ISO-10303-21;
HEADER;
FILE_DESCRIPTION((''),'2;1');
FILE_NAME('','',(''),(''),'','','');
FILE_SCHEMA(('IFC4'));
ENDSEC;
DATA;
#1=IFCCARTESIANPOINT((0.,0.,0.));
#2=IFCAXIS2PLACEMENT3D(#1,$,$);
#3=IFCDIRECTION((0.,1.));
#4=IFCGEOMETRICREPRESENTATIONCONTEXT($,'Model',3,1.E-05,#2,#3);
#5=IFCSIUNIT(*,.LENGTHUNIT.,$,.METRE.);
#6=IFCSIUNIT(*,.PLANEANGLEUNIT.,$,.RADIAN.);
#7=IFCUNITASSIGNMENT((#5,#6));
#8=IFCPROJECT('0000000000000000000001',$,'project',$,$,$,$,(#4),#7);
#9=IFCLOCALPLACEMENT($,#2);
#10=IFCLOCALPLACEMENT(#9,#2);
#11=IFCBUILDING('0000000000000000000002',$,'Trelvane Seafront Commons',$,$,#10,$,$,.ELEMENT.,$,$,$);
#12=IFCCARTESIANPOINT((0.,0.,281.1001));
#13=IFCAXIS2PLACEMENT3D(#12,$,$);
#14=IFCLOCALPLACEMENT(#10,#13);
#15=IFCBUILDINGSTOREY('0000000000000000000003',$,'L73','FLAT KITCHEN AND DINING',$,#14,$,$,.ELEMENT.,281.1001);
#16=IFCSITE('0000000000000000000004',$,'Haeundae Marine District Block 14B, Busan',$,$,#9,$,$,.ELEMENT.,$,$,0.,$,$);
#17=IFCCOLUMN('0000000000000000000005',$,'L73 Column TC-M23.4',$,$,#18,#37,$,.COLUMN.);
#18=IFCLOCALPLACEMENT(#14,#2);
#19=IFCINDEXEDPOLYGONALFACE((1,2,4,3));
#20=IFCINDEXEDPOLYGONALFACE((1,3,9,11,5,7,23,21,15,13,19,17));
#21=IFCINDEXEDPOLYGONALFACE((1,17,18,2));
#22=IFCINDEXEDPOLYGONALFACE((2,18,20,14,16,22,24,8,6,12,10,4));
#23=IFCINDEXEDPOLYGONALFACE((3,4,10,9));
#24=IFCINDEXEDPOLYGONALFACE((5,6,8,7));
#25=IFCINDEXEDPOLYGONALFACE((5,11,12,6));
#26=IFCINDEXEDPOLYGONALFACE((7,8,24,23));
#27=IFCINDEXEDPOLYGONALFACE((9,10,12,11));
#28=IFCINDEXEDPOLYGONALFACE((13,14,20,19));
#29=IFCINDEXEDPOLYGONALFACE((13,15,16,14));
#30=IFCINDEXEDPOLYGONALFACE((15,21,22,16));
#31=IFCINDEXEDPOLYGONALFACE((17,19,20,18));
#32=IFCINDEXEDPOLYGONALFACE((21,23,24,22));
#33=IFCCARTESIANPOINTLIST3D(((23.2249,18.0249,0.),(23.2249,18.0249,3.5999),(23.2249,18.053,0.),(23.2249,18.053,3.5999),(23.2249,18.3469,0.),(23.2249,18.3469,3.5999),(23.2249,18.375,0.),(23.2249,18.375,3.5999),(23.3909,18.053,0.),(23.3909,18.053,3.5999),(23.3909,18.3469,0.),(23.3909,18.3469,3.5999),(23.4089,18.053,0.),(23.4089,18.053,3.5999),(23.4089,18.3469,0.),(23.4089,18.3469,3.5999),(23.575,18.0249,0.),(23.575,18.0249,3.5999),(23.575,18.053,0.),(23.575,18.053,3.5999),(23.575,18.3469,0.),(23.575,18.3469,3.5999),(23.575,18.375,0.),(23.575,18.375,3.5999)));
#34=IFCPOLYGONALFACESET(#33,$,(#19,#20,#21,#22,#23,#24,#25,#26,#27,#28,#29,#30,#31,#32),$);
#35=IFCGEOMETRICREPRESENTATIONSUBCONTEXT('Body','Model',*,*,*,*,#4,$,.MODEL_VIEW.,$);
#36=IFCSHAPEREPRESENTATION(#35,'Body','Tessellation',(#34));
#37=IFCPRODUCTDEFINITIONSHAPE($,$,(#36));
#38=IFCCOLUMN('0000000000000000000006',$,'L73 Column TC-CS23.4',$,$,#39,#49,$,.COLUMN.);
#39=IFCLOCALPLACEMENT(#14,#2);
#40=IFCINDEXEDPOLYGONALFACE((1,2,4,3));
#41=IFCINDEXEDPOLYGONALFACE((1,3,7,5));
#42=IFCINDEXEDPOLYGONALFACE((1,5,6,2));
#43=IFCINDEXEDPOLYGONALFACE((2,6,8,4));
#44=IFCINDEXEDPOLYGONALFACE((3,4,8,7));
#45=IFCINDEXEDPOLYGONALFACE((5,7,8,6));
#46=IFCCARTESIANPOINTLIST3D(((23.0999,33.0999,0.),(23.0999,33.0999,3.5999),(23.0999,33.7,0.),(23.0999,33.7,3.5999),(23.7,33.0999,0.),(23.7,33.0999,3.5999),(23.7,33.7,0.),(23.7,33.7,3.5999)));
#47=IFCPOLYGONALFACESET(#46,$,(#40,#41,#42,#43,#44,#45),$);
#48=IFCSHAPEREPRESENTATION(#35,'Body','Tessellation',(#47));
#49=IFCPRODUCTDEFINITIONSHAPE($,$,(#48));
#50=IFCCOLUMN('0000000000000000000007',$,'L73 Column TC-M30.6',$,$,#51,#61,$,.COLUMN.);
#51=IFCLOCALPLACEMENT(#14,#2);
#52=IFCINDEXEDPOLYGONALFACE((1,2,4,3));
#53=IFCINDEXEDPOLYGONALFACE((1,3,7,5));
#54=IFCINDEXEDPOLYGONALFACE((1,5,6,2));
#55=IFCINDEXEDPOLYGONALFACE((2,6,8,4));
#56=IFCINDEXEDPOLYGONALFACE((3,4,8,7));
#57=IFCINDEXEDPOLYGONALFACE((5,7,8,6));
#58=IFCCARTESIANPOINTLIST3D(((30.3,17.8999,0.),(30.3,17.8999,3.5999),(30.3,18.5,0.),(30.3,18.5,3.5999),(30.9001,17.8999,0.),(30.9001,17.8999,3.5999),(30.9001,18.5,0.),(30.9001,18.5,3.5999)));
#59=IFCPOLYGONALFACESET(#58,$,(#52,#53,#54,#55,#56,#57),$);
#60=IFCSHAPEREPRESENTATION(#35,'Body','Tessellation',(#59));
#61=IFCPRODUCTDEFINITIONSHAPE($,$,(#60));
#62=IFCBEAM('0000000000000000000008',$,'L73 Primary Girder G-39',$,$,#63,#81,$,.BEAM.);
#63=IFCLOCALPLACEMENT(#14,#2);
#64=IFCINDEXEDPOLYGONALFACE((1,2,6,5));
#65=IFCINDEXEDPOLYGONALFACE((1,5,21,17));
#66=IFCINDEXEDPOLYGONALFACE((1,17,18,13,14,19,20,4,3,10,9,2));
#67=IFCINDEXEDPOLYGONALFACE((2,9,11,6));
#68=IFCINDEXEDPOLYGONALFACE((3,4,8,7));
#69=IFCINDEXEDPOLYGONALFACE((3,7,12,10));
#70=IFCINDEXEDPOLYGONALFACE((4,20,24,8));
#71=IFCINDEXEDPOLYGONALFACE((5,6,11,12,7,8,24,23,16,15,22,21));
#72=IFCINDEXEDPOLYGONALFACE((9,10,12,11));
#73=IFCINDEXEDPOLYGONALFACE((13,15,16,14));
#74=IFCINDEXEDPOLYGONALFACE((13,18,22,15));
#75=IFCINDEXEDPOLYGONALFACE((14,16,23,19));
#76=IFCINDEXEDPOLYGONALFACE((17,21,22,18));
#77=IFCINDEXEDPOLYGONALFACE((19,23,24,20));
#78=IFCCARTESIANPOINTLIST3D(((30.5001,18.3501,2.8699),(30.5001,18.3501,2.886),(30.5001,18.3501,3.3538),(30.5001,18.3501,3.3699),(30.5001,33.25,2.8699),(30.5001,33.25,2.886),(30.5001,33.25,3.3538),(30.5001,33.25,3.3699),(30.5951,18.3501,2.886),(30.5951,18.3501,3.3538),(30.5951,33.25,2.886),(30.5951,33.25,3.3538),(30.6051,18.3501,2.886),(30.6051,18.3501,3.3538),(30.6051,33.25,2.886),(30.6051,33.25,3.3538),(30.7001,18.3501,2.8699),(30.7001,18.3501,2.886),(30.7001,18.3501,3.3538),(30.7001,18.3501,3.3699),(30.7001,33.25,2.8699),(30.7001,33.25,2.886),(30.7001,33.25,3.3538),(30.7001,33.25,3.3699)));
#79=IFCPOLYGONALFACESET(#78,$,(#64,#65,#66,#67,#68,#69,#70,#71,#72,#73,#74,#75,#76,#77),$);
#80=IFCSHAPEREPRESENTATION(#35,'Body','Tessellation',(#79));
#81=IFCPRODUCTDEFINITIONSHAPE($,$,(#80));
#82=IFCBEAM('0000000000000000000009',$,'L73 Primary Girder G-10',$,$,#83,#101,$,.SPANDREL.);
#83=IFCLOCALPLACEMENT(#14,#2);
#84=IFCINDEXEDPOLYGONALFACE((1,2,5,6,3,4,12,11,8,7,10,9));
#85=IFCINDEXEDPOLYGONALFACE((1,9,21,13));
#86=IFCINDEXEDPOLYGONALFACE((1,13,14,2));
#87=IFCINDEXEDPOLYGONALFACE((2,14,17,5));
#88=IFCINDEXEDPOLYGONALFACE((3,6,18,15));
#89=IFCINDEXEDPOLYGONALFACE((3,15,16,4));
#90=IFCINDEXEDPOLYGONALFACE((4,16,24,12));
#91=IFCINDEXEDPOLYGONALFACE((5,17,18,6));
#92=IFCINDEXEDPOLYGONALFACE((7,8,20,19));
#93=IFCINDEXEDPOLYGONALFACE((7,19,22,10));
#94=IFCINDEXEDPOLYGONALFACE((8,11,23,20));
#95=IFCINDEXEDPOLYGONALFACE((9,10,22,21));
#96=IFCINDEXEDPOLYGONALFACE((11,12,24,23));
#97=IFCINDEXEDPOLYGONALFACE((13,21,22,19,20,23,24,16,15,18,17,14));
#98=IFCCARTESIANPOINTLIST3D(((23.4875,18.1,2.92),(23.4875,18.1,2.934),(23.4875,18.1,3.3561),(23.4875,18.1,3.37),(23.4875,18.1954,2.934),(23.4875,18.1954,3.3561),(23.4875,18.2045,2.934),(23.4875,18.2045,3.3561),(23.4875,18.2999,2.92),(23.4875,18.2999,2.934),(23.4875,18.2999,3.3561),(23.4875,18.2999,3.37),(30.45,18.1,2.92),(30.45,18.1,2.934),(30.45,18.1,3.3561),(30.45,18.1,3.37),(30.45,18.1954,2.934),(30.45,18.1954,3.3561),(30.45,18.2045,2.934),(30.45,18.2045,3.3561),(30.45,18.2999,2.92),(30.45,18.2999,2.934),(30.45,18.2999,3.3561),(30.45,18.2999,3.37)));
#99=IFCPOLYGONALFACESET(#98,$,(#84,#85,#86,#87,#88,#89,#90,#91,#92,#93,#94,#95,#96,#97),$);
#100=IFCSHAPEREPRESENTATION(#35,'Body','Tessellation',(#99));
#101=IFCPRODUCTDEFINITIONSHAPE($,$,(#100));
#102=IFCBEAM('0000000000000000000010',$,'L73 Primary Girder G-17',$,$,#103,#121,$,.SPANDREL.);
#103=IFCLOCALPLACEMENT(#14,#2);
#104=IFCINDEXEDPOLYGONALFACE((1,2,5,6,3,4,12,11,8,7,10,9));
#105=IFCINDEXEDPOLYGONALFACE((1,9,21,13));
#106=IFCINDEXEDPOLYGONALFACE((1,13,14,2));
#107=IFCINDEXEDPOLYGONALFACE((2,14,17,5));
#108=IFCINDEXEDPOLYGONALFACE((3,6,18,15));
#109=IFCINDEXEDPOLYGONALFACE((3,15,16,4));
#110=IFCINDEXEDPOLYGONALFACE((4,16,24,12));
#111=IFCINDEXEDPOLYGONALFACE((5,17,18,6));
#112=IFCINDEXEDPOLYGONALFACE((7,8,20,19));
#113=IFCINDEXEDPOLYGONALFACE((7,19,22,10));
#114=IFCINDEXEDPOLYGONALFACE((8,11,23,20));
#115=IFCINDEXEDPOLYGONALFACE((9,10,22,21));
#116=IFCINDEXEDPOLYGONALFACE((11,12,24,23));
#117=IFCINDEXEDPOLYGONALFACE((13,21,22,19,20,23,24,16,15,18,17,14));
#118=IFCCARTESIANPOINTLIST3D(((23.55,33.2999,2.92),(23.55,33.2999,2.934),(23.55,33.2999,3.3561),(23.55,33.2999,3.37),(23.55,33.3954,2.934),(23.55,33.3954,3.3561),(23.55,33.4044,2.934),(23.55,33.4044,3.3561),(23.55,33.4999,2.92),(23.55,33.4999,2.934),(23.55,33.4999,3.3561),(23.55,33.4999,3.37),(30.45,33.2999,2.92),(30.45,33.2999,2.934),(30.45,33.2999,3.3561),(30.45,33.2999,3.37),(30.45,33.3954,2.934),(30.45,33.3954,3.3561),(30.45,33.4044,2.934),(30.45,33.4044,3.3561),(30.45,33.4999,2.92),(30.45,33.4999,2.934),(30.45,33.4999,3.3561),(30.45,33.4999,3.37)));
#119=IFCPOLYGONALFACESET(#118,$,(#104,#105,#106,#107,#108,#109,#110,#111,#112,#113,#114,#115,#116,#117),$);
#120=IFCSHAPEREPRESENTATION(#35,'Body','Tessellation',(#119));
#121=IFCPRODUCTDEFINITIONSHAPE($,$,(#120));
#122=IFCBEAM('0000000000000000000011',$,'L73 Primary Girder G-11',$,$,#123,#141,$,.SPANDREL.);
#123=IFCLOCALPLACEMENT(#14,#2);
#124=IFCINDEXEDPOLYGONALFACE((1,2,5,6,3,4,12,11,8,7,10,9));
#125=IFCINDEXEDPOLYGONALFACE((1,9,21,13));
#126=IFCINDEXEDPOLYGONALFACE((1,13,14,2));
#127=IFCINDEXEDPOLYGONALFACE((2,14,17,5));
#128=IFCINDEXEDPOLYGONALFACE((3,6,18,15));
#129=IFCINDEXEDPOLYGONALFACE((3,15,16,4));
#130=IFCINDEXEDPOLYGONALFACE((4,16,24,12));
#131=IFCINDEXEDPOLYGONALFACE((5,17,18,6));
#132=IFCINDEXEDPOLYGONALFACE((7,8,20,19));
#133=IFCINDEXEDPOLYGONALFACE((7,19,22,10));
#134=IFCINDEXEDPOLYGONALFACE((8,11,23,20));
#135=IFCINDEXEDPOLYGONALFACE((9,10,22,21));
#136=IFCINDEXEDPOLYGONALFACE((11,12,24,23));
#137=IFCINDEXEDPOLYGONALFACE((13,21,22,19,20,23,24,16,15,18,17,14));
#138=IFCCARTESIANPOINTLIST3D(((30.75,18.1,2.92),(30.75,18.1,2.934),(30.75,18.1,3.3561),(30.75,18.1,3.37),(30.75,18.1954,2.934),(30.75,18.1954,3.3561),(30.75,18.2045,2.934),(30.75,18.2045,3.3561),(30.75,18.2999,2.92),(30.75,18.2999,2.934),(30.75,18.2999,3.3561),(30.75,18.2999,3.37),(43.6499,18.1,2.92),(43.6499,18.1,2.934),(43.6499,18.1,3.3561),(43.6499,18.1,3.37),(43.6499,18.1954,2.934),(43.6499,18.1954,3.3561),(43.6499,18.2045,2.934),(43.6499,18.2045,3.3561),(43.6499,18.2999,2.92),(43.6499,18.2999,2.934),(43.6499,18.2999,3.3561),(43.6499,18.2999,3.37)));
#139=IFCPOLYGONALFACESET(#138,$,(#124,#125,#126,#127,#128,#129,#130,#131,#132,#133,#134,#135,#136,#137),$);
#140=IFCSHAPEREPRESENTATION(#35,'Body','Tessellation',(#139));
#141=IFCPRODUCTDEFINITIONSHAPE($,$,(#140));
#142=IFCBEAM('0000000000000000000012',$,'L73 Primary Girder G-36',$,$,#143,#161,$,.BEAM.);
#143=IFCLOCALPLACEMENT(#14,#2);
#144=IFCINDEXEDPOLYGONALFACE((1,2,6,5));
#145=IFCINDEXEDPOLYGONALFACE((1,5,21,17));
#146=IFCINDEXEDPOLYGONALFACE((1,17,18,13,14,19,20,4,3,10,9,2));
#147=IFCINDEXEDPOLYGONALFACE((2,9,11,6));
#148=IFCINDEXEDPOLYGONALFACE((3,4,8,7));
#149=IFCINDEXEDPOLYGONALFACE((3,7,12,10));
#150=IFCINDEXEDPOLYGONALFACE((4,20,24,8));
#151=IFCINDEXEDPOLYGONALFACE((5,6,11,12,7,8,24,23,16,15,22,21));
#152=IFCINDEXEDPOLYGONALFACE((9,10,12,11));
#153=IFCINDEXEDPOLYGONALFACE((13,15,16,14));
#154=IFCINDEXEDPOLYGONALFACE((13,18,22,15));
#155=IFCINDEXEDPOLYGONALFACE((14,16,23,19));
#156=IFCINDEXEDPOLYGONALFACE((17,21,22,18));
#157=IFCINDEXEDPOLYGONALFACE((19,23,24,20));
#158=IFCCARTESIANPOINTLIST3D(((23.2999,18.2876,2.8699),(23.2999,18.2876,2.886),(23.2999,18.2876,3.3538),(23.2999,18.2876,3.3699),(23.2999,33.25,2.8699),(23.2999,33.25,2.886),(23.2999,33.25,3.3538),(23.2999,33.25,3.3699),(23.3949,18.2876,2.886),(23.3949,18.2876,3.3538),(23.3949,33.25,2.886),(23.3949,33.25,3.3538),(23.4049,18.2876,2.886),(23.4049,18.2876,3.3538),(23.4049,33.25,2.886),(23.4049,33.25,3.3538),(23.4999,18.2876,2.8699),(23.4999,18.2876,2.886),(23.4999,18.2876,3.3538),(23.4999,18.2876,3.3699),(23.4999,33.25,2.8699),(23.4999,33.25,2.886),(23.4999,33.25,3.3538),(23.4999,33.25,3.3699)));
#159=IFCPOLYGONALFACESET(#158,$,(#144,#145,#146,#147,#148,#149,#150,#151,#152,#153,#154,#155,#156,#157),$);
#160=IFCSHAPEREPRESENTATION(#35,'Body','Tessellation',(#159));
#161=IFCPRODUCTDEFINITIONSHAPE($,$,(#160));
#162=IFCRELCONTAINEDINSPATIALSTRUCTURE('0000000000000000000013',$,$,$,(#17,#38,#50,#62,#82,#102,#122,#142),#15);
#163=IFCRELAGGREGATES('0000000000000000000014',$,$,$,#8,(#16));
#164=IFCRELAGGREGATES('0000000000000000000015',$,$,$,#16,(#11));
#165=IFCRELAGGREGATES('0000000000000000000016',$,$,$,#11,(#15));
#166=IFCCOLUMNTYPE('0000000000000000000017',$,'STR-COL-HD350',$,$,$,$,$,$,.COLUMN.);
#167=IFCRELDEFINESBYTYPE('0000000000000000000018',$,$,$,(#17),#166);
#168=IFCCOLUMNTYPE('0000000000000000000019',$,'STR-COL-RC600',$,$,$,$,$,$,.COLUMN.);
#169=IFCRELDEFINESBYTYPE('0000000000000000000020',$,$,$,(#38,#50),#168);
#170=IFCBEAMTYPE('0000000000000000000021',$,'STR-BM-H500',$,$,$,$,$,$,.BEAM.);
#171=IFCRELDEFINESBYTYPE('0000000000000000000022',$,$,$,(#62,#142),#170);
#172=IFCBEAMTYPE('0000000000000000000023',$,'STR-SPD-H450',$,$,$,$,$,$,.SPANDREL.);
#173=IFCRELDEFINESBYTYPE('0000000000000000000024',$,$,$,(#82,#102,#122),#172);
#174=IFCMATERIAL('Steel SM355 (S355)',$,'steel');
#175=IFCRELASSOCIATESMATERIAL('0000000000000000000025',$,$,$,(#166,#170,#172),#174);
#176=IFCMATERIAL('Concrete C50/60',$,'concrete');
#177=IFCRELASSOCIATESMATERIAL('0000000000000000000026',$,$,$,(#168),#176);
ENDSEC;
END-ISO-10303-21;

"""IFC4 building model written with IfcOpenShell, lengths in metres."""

from ifc_helpers import new_model, si_unit, direction, frame, origin, origin_2d, place, context, subcontext, project, spatial, rectangle, i_section, extrude, source, transform, mapped, material, material_profile, profile_set, type_object, element, save


model = new_model("IFC4")

# Units and contexts
model_context = context("Model", 3, precision=1e-05, world=origin(), true_north=direction((0.0, 1.0)))
body_context = subcontext(model_context, "Body", "Model", "MODEL_VIEW")
ifc_project = project(units=[si_unit("LENGTHUNIT", "METRE"), si_unit("PLANEANGLEUNIT", "RADIAN")], contexts=[model_context])

# Site, building, storey
site_placement = place(None, origin())
site = spatial("IfcSite", under=ifc_project, at=site_placement, Name="Haeundae Marine District Block 14B, Busan", CompositionType="ELEMENT", RefElevation=0.0)
building_placement = place(site_placement, origin())
building = spatial("IfcBuilding", under=site, at=building_placement, Name="Trelvane Seafront Commons", CompositionType="ELEMENT")
storey_placement = place(building_placement, frame((0.0, 0.0, 281.1001)))
storey = spatial("IfcBuildingStorey", under=building, at=storey_placement, Name="L73", Description="FLAT KITCHEN AND DINING", CompositionType="ELEMENT", Elevation=281.1001)

# Columns
ifc_material_1 = material(Name="Steel SM355 (S355)", Category="steel")
ifc_material_profile_1 = material_profile(ifc_material_1, i_section(OverallWidth=0.3501, OverallDepth=0.3501, WebThickness=0.0181, FlangeThickness=0.0281, at=origin_2d()), Name="HD-350x350x18x28")
ifc_profile_set_1 = profile_set([ifc_material_profile_1], Name="Steel SM355 (S355)")
column_type_1 = type_object("IfcColumnType", Name="STR-COL-HD350", PredefinedType="COLUMN", material=ifc_profile_set_1)
shared_shape_1 = source(origin(), body_context, "Body", "SweptSolid", [
    extrude(i_section(OverallWidth=0.3501, OverallDepth=0.3501, WebThickness=0.0181, FlangeThickness=0.0281, at=origin_2d()), origin(), (0.0, 0.0, 1.0), 3.5999),
])
column_placement = place(storey_placement, frame((23.3999, 18.2, 0.0), z_axis=(0.0, 0.0, 1.0), x_axis=(1.0, 0.0, 0.0)))
element("IfcColumn", 1, at=column_placement, inside=storey, type_object=column_type_1, Name="L73 Column TC-M23.4", PredefinedType="COLUMN", context=body_context, shape_type="MappedRepresentation", body=[
    mapped(shared_shape_1, transform((0.0, 0.0, 0.0), x_axis=(1.0, 0.0, 0.0), y_axis=(0.0, 1.0, 0.0), z_axis=(0.0, 0.0, 1.0), scale=1.0)),
])
ifc_material_2 = material(Name="Concrete C50/60", Category="concrete")
ifc_material_profile_2 = material_profile(ifc_material_2, rectangle(XDim=0.6001, YDim=0.6001, at=origin_2d()), Name="RC-600x600")
ifc_profile_set_2 = profile_set([ifc_material_profile_2], Name="Concrete C50/60")
column_type_2 = type_object("IfcColumnType", Name="STR-COL-RC600", PredefinedType="COLUMN", material=ifc_profile_set_2)
shared_shape_2 = source(origin(), body_context, "Body", "SweptSolid", [
    extrude(rectangle(XDim=0.6001, YDim=0.6001, at=origin_2d()), origin(), (0.0, 0.0, 1.0), 3.5999),
])
for number, where, z_axis, x_axis, name in (
    (2, (23.3999, 33.3999, 0.0), (0.0, 0.0, 1.0), (1.0, 0.0, 0.0), "L73 Column TC-CS23.4"),
    (3, (30.6001, 18.2, 0.0), (0.0, 0.0, 1.0), (1.0, 0.0, 0.0), "L73 Column TC-M30.6"),
):
    element("IfcColumn", number, at=place(storey_placement, frame(where, z_axis=z_axis, x_axis=x_axis)), inside=storey, type_object=column_type_2, Name=name, PredefinedType="COLUMN", context=body_context, shape_type="MappedRepresentation", body=[
        mapped(shared_shape_2, transform((0.0, 0.0, 0.0), x_axis=(1.0, 0.0, 0.0), y_axis=(0.0, 1.0, 0.0), z_axis=(0.0, 0.0, 1.0), scale=1.0)),
    ])

# Beams
ifc_material_profile_3 = material_profile(ifc_material_1, i_section(OverallWidth=0.2, OverallDepth=0.5, WebThickness=0.01, FlangeThickness=0.0161, at=origin_2d()), Name="H-500x200x10x16")
ifc_profile_set_3 = profile_set([ifc_material_profile_3], Name="Steel SM355 (S355)")
beam_type_1 = type_object("IfcBeamType", Name="STR-BM-H500", PredefinedType="BEAM", material=ifc_profile_set_3)
shared_shape_3 = source(origin(), body_context, "Body", "SweptSolid", [
    extrude(i_section(OverallWidth=0.2, OverallDepth=0.5, WebThickness=0.01, FlangeThickness=0.0161, at=origin_2d()), origin(), (0.0, 0.0, 1.0), 14.8999),
])
beam_1_placement = place(storey_placement, frame((30.6001, 18.3501, 3.1199), z_axis=(0.0, 1.0, 0.0), x_axis=(-1.0, 0.0, 0.0)))
element("IfcBeam", 4, at=beam_1_placement, inside=storey, type_object=beam_type_1, Name="L73 Primary Girder G-39", PredefinedType="BEAM", context=body_context, shape_type="MappedRepresentation", body=[
    mapped(shared_shape_3, transform((0.0, 0.0, 0.0), x_axis=(1.0, 0.0, 0.0), y_axis=(0.0, 1.0, 0.0), z_axis=(0.0, 0.0, 1.0), scale=1.0)),
])
ifc_material_profile_4 = material_profile(ifc_material_1, i_section(OverallWidth=0.2, OverallDepth=0.45, WebThickness=0.009, FlangeThickness=0.0139, at=origin_2d()), Name="H-450x200x9x14")
ifc_profile_set_4 = profile_set([ifc_material_profile_4], Name="Steel SM355 (S355)")
beam_type_2 = type_object("IfcBeamType", Name="STR-SPD-H450", PredefinedType="SPANDREL", material=ifc_profile_set_4)
shared_shape_4 = source(origin(), body_context, "Body", "SweptSolid", [
    extrude(i_section(OverallWidth=0.2, OverallDepth=0.45, WebThickness=0.009, FlangeThickness=0.0139, at=origin_2d()), origin(), (0.0, 0.0, 1.0), 6.9624),
])
beam_2_placement = place(storey_placement, frame((23.4875, 18.2, 3.145), z_axis=(1.0, 0.0, 0.0), x_axis=(0.0, 1.0, 0.0)))
element("IfcBeam", 5, at=beam_2_placement, inside=storey, type_object=beam_type_2, Name="L73 Primary Girder G-10", PredefinedType="SPANDREL", context=body_context, shape_type="MappedRepresentation", body=[
    mapped(shared_shape_4, transform((0.0, 0.0, 0.0), x_axis=(1.0, 0.0, 0.0), y_axis=(0.0, 1.0, 0.0), z_axis=(0.0, 0.0, 1.0), scale=1.0)),
])
shared_shape_5 = source(origin(), body_context, "Body", "SweptSolid", [
    extrude(i_section(OverallWidth=0.2, OverallDepth=0.45, WebThickness=0.009, FlangeThickness=0.0139, at=origin_2d()), origin(), (0.0, 0.0, 1.0), 6.8999),
])
beam_3_placement = place(storey_placement, frame((23.55, 33.3999, 3.145), z_axis=(1.0, 0.0, 0.0), x_axis=(0.0, 1.0, 0.0)))
element("IfcBeam", 6, at=beam_3_placement, inside=storey, type_object=beam_type_2, Name="L73 Primary Girder G-17", PredefinedType="SPANDREL", context=body_context, shape_type="MappedRepresentation", body=[
    mapped(shared_shape_5, transform((0.0, 0.0, 0.0), x_axis=(1.0, 0.0, 0.0), y_axis=(0.0, 1.0, 0.0), z_axis=(0.0, 0.0, 1.0), scale=1.0)),
])
shared_shape_6 = source(origin(), body_context, "Body", "SweptSolid", [
    extrude(i_section(OverallWidth=0.2, OverallDepth=0.45, WebThickness=0.009, FlangeThickness=0.0139, at=origin_2d()), origin(), (0.0, 0.0, 1.0), 12.8999),
])
beam_4_placement = place(storey_placement, frame((30.75, 18.2, 3.145), z_axis=(1.0, 0.0, 0.0), x_axis=(0.0, 1.0, 0.0)))
element("IfcBeam", 7, at=beam_4_placement, inside=storey, type_object=beam_type_2, Name="L73 Primary Girder G-11", PredefinedType="SPANDREL", context=body_context, shape_type="MappedRepresentation", body=[
    mapped(shared_shape_6, transform((0.0, 0.0, 0.0), x_axis=(1.0, 0.0, 0.0), y_axis=(0.0, 1.0, 0.0), z_axis=(0.0, 0.0, 1.0), scale=1.0)),
])
shared_shape_7 = source(origin(), body_context, "Body", "SweptSolid", [
    extrude(i_section(OverallWidth=0.2, OverallDepth=0.5, WebThickness=0.01, FlangeThickness=0.0161, at=origin_2d()), origin(), (0.0, 0.0, 1.0), 14.9624),
])
beam_5_placement = place(storey_placement, frame((23.3999, 18.2876, 3.1199), z_axis=(0.0, 1.0, 0.0), x_axis=(-1.0, 0.0, 0.0)))
element("IfcBeam", 8, at=beam_5_placement, inside=storey, type_object=beam_type_1, Name="L73 Primary Girder G-36", PredefinedType="BEAM", context=body_context, shape_type="MappedRepresentation", body=[
    mapped(shared_shape_7, transform((0.0, 0.0, 0.0), x_axis=(1.0, 0.0, 0.0), y_axis=(0.0, 1.0, 0.0), z_axis=(0.0, 0.0, 1.0), scale=1.0)),
])

save(model, "model.ifc")
